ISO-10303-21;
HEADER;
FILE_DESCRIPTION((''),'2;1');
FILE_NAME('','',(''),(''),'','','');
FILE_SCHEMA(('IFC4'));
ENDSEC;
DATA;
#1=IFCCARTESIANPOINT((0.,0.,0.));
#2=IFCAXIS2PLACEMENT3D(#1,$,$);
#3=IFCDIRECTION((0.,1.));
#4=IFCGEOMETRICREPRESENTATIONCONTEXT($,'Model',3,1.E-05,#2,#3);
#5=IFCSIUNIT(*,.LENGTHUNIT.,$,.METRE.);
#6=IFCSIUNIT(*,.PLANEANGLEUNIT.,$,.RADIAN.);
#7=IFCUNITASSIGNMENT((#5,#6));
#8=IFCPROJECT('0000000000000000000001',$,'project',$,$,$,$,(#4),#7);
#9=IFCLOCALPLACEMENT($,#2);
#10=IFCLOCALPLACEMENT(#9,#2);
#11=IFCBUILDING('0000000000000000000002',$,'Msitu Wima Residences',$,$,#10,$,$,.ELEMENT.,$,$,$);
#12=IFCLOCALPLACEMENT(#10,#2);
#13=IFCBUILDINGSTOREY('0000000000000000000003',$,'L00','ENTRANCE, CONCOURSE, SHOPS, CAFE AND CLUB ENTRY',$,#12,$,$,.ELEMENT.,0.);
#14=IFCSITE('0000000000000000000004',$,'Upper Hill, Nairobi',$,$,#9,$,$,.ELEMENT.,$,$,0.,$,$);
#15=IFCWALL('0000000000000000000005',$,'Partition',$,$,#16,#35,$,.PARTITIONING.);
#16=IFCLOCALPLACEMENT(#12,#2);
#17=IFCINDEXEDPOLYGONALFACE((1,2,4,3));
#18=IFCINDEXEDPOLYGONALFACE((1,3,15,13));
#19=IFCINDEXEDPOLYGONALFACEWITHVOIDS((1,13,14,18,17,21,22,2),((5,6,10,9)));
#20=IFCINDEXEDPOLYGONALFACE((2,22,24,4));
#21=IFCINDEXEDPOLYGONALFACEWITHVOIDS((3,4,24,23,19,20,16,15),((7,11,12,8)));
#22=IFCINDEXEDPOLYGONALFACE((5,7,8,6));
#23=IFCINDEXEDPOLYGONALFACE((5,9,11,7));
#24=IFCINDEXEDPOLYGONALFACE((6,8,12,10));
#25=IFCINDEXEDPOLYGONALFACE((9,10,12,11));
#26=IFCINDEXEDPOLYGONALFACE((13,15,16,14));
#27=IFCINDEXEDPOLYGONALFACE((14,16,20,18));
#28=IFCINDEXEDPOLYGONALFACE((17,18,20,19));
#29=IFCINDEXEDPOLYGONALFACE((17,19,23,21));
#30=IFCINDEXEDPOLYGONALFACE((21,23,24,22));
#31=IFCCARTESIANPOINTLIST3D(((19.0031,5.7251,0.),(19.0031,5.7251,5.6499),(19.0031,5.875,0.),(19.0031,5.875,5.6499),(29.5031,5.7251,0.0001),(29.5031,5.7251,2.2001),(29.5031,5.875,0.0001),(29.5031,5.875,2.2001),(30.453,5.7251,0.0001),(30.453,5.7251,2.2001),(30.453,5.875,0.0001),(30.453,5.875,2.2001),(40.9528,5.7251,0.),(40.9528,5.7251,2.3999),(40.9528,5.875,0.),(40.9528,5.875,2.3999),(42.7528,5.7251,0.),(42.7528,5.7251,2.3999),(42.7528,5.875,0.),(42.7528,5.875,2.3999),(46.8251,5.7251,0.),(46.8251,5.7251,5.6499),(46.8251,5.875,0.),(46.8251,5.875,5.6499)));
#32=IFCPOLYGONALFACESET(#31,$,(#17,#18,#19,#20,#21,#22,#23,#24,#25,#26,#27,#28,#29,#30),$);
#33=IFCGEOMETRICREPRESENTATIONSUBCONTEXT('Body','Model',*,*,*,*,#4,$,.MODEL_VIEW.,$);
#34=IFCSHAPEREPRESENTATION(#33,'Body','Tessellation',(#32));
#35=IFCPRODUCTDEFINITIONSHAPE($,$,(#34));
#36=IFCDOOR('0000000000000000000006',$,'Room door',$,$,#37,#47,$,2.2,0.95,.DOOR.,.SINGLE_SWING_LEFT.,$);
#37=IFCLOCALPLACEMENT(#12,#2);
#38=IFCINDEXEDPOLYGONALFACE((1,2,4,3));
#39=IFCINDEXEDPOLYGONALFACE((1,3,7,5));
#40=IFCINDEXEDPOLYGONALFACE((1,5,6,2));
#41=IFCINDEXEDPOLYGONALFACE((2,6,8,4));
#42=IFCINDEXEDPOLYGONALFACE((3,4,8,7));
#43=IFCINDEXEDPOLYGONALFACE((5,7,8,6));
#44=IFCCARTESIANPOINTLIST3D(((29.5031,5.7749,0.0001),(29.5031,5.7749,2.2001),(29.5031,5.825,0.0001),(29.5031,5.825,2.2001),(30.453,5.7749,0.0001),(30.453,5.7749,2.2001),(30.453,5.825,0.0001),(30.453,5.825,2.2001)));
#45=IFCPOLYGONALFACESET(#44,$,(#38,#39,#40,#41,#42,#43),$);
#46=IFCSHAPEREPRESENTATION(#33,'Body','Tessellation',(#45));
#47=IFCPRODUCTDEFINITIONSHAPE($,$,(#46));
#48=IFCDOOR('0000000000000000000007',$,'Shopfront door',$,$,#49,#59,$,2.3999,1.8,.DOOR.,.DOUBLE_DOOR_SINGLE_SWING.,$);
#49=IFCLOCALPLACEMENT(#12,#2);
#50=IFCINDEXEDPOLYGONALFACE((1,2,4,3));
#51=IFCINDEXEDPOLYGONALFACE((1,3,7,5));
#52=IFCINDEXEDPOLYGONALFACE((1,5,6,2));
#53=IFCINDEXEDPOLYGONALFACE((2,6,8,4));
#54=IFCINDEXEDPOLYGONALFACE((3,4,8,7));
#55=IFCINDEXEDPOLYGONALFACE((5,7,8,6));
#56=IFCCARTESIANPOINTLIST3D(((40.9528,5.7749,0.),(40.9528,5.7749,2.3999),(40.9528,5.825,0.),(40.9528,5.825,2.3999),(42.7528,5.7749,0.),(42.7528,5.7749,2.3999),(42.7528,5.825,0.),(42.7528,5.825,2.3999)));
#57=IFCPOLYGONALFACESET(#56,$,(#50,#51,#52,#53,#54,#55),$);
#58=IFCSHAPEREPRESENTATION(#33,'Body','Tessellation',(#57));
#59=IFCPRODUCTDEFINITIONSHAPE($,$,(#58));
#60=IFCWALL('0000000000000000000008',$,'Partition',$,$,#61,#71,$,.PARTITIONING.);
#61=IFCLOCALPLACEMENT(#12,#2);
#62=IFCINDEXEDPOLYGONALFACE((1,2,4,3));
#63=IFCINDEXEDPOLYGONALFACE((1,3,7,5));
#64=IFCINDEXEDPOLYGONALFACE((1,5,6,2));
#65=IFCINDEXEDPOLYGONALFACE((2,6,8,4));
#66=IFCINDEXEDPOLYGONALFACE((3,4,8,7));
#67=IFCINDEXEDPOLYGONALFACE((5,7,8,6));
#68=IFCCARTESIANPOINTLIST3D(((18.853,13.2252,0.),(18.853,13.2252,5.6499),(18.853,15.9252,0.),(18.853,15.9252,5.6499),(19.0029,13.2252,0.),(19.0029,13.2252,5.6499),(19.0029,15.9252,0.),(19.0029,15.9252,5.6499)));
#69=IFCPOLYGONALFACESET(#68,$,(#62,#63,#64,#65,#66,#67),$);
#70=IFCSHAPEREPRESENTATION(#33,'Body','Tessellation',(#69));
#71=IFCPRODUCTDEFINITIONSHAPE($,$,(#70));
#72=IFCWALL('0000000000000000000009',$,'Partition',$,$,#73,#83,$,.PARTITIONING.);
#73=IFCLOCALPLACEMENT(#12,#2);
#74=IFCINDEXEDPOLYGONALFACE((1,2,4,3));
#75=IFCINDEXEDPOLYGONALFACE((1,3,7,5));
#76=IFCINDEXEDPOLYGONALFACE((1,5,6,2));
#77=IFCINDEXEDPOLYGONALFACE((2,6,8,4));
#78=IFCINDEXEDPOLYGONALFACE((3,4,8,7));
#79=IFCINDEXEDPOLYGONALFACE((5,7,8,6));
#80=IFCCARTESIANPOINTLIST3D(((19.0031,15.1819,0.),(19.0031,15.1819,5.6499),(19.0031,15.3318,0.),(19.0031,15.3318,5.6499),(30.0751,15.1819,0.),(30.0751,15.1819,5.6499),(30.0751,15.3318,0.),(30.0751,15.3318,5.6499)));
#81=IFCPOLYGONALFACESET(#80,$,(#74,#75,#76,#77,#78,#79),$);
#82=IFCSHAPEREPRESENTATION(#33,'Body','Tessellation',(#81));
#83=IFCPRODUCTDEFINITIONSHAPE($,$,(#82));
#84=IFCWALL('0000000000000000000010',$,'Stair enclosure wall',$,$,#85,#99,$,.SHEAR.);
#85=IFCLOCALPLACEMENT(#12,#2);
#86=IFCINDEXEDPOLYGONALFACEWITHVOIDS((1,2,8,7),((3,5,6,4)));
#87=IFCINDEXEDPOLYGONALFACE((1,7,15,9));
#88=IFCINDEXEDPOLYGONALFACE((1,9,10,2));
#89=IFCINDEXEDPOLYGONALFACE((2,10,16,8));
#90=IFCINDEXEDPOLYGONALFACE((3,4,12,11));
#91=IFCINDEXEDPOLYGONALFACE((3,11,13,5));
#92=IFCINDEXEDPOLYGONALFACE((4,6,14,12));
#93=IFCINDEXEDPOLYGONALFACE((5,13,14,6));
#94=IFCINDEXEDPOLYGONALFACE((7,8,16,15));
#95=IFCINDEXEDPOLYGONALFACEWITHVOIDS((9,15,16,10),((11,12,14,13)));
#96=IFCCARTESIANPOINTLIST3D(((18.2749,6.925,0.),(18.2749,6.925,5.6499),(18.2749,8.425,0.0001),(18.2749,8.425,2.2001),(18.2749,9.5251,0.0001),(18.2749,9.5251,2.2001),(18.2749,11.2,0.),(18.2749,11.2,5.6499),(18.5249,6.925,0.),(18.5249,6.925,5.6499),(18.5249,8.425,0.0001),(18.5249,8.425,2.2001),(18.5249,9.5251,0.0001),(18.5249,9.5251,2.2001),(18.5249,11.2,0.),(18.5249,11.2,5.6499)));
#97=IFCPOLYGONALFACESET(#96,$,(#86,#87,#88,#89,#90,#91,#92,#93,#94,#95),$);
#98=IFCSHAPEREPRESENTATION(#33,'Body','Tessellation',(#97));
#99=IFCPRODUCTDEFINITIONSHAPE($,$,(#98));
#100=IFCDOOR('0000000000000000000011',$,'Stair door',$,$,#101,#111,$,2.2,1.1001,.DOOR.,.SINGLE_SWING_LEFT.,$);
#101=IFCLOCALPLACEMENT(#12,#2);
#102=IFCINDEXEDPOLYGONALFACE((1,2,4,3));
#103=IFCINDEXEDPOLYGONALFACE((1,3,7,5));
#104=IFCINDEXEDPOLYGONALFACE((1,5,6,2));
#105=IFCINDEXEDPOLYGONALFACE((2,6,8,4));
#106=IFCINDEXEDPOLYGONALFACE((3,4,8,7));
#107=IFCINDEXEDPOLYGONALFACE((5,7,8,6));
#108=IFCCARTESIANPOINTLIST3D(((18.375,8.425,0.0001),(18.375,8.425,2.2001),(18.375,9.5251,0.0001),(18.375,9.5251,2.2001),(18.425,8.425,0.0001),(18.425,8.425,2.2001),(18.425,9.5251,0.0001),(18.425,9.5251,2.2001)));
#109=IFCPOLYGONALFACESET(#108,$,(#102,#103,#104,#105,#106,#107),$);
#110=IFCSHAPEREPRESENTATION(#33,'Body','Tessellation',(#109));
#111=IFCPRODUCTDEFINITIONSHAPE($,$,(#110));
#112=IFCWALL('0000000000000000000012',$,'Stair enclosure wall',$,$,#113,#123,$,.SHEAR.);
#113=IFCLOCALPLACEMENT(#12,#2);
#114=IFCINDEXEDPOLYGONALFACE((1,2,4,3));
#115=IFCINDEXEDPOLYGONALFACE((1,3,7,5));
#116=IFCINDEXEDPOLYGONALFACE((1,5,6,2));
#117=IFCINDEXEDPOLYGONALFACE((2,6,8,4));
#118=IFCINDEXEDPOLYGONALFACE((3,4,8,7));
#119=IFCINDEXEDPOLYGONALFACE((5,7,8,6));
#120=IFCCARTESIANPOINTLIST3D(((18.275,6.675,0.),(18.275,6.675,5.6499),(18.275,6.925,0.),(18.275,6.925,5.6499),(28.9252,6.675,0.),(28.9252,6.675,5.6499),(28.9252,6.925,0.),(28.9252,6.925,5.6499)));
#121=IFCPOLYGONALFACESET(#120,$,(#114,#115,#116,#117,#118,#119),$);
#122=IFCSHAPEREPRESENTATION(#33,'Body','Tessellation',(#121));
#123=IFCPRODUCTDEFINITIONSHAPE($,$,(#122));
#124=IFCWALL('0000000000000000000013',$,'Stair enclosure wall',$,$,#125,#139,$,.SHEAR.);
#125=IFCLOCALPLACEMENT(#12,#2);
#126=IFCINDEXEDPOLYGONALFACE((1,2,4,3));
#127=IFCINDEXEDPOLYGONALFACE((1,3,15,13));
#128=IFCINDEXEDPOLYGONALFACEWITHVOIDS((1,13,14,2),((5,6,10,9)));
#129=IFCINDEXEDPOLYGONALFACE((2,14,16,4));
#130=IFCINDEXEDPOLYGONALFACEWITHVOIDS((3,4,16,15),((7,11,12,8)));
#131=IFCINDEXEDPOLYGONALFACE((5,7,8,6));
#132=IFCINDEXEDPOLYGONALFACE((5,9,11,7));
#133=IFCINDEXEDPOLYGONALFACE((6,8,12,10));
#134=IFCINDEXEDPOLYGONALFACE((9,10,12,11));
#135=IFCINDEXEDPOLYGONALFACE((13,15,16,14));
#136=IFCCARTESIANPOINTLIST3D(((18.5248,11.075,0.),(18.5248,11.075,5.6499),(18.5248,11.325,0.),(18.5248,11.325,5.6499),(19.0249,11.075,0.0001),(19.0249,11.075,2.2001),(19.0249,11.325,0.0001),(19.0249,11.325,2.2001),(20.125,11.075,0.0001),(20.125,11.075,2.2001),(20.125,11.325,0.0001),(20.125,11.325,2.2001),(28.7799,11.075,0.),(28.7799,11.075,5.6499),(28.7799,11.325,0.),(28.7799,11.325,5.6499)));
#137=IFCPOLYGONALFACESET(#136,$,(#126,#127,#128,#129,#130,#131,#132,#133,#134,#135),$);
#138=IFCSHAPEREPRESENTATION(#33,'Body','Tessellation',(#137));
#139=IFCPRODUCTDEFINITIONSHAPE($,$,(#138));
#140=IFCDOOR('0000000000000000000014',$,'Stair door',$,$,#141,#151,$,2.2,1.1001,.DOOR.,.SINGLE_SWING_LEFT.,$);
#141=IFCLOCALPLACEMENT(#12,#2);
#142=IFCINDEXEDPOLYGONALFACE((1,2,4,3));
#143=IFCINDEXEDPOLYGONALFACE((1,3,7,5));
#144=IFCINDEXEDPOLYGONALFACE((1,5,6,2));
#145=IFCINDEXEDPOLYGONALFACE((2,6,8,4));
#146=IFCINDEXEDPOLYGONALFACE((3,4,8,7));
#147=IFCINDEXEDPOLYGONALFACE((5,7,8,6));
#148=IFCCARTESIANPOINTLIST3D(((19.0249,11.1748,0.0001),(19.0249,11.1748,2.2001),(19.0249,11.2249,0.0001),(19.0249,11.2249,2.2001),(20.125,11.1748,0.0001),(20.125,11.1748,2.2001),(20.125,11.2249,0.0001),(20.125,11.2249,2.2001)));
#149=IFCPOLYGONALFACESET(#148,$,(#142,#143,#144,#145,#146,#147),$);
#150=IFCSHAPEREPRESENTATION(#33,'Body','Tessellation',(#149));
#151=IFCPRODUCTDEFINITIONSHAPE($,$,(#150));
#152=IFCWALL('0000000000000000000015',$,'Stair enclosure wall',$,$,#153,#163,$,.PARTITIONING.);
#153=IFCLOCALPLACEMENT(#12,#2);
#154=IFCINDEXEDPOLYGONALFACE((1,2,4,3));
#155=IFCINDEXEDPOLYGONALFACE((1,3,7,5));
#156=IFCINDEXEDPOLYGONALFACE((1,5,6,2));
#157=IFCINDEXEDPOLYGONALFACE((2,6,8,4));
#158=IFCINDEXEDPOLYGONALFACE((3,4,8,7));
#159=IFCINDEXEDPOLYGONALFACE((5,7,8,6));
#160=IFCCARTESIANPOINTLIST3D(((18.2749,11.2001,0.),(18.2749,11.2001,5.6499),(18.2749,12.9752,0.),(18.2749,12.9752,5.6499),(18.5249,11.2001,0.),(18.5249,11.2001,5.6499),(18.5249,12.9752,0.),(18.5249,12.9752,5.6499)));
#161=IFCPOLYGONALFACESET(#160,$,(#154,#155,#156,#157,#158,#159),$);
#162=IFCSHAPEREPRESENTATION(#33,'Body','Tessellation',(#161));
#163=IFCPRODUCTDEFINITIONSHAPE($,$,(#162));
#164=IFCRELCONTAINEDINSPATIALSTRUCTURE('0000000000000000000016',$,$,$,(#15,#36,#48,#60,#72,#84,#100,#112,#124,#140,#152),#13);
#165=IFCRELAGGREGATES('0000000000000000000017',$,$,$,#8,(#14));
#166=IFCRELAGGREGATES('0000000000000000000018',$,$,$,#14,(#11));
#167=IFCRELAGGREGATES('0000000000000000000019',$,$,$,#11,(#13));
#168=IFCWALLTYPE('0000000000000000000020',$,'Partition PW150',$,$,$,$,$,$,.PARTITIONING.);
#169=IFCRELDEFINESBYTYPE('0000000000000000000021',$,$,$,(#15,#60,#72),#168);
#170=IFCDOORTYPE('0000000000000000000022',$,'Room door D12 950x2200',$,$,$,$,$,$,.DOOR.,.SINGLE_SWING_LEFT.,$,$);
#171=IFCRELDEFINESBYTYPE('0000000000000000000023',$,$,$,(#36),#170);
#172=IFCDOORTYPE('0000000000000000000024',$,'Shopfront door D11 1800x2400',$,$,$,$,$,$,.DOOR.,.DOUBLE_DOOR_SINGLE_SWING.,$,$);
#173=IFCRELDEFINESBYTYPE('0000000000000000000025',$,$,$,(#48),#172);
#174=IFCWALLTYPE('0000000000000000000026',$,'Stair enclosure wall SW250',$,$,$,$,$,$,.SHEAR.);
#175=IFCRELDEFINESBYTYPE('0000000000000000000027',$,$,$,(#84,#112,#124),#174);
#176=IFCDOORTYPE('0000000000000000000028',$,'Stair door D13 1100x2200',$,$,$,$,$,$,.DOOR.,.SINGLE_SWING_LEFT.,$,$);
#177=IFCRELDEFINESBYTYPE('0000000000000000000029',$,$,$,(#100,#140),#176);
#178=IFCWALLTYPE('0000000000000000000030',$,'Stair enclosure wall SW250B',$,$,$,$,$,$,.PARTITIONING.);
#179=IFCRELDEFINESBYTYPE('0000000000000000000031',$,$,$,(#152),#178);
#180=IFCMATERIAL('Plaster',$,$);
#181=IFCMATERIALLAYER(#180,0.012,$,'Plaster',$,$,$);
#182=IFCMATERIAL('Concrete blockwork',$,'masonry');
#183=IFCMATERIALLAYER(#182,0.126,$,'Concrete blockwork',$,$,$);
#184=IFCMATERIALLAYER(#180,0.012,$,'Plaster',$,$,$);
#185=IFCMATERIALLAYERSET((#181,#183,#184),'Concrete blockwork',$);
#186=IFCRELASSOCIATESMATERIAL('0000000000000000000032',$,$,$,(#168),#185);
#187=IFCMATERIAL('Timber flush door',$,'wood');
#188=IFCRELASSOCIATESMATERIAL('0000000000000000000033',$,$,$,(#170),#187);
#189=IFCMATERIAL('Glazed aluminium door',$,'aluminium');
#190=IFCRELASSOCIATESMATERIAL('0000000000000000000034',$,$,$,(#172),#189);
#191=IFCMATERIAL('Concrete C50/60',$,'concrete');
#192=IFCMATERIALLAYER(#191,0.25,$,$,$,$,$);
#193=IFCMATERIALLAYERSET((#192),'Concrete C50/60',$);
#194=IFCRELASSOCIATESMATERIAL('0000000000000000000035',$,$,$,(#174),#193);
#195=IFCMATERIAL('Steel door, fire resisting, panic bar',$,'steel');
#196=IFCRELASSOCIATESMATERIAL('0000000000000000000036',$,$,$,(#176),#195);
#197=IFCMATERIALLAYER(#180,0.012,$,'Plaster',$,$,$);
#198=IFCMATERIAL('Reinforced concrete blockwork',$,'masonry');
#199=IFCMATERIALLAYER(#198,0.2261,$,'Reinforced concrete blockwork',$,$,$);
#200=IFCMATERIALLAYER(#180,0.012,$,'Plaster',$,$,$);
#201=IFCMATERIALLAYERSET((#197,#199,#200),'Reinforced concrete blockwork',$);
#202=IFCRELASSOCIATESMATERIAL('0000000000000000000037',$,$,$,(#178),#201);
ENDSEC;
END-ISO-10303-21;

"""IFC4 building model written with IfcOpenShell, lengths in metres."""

from ifc_helpers import new_model, si_unit, direction, frame, frame_2d, origin, place, context, subcontext, project, spatial, rectangle, extrude, material, layer, layer_set, type_object, element, fill, save


model = new_model("IFC4")

# Units and contexts
model_context = context("Model", 3, precision=1e-05, world=origin(), true_north=direction((0.0, 1.0)))
body_context = subcontext(model_context, "Body", "Model", "MODEL_VIEW")
ifc_project = project(units=[si_unit("LENGTHUNIT", "METRE"), si_unit("PLANEANGLEUNIT", "RADIAN")], contexts=[model_context])

# Site, building, storey
site_placement = place(None, origin())
site = spatial("IfcSite", under=ifc_project, at=site_placement, Name="Upper Hill, Nairobi", CompositionType="ELEMENT", RefElevation=0.0)
building_placement = place(site_placement, origin())
building = spatial("IfcBuilding", under=site, at=building_placement, Name="Msitu Wima Residences", CompositionType="ELEMENT")
storey_placement = place(building_placement, origin())
storey = spatial("IfcBuildingStorey", under=building, at=storey_placement, Name="L00", Description="ENTRANCE, CONCOURSE, SHOPS, CAFE AND CLUB ENTRY", CompositionType="ELEMENT", Elevation=0.0)

# Wall, openings, doors
ifc_material_1 = material(Name="Plaster")
ifc_layer_1 = layer(ifc_material_1, 0.012, Name="Plaster")
ifc_material_2 = material(Name="Concrete blockwork", Category="masonry")
ifc_layer_2 = layer(ifc_material_2, 0.126, Name="Concrete blockwork")
ifc_layer_3 = layer(ifc_material_1, 0.012, Name="Plaster")
ifc_layer_set_1 = layer_set([ifc_layer_1, ifc_layer_2, ifc_layer_3], Name="Concrete blockwork")
wall_type_1 = type_object("IfcWallType", Name="Partition PW150", PredefinedType="PARTITIONING", material=ifc_layer_set_1)
wall_1_placement = place(storey_placement, frame((19.0029, 5.8, 0.0), z_axis=(0.0, 0.0, 1.0), x_axis=(1.0, 0.0, 0.0)))
wall_1 = element("IfcWall", 1, at=wall_1_placement, inside=storey, type_object=wall_type_1, Name="Partition", PredefinedType="PARTITIONING", context=body_context, shape_type="SweptSolid", body=[
    extrude(rectangle(XDim=27.822, YDim=0.1499, at=frame_2d((13.9111, 0.0))), origin(), (0.0, 0.0, 1.0), 5.6499),
])
opening_1_placement = place(wall_1_placement, frame((21.95, 0.0, 0.0)))
opening_1 = element("IfcOpeningElement", 2, at=opening_1_placement, cuts=wall_1, PredefinedType="OPENING", context=body_context, shape_type="SweptSolid", body=[
    extrude(rectangle(XDim=1.8, YDim=2.3999, at=frame_2d((0.8999, 1.2))), frame((0.0, 0.085, 0.0), z_axis=(0.0, -1.0, 0.0), x_axis=(1.0, 0.0, 0.0)), (0.0, 0.0, 1.0), 0.1699),
])
opening_2_placement = place(wall_1_placement, frame((10.5, 0.0, 0.0)))
opening_2 = element("IfcOpeningElement", 3, at=opening_2_placement, cuts=wall_1, PredefinedType="OPENING", context=body_context, shape_type="SweptSolid", body=[
    extrude(rectangle(XDim=0.95, YDim=2.2, at=frame_2d((0.4751, 1.1001))), frame((0.0, 0.085, 0.0), z_axis=(0.0, -1.0, 0.0), x_axis=(1.0, 0.0, 0.0)), (0.0, 0.0, 1.0), 0.1699),
])
ifc_material_3 = material(Name="Timber flush door", Category="wood")
door_type_1 = type_object("IfcDoorType", Name="Room door D12 950x2200", OperationType="SINGLE_SWING_LEFT", PredefinedType="DOOR", material=ifc_material_3)
door_1_placement = place(opening_2_placement, origin())
door_1 = element("IfcDoor", 4, at=door_1_placement, inside=storey, type_object=door_type_1, Name="Room door", OperationType="SINGLE_SWING_LEFT", OverallHeight=2.2, OverallWidth=0.95, PredefinedType="DOOR", context=body_context, shape_type="SweptSolid", body=[
    extrude(rectangle(XDim=0.95, YDim=2.2, at=frame_2d((0.4751, 1.1001))), frame((0.0, 0.0249, 0.0), z_axis=(0.0, -1.0, 0.0), x_axis=(1.0, 0.0, 0.0)), (0.0, 0.0, 1.0), 0.05),
])
fill(opening_2, door_1)
ifc_material_4 = material(Name="Glazed aluminium door", Category="aluminium")
door_type_2 = type_object("IfcDoorType", Name="Shopfront door D11 1800x2400", OperationType="DOUBLE_DOOR_SINGLE_SWING", PredefinedType="DOOR", material=ifc_material_4)
door_2_placement = place(opening_1_placement, origin())
door_2 = element("IfcDoor", 5, at=door_2_placement, inside=storey, type_object=door_type_2, Name="Shopfront door", OperationType="DOUBLE_DOOR_SINGLE_SWING", OverallHeight=2.3999, OverallWidth=1.8, PredefinedType="DOOR", context=body_context, shape_type="SweptSolid", body=[
    extrude(rectangle(XDim=1.8, YDim=2.3999, at=frame_2d((0.8999, 1.2))), frame((0.0, 0.0249, 0.0), z_axis=(0.0, -1.0, 0.0), x_axis=(1.0, 0.0, 0.0)), (0.0, 0.0, 1.0), 0.05),
])
fill(opening_1, door_2)

# Walls
wall_2_placement = place(storey_placement, frame((18.928, 13.2251, 0.0), z_axis=(0.0, 0.0, 1.0), x_axis=(0.0, 1.0, 0.0)))
element("IfcWall", 6, at=wall_2_placement, inside=storey, type_object=wall_type_1, Name="Partition", PredefinedType="PARTITIONING", context=body_context, shape_type="SweptSolid", body=[
    extrude(rectangle(XDim=2.7, YDim=0.1499, at=frame_2d((1.3501, 0.0))), origin(), (0.0, 0.0, 1.0), 5.6499),
])
wall_3_placement = place(storey_placement, frame((19.0029, 15.2568, 0.0), z_axis=(0.0, 0.0, 1.0), x_axis=(1.0, 0.0, 0.0)))
element("IfcWall", 7, at=wall_3_placement, inside=storey, type_object=wall_type_1, Name="Partition", PredefinedType="PARTITIONING", context=body_context, shape_type="SweptSolid", body=[
    extrude(rectangle(XDim=11.072, YDim=0.1499, at=frame_2d((5.5361, 0.0))), origin(), (0.0, 0.0, 1.0), 5.6499),
])

# Wall, opening, door
ifc_material_5 = material(Name="Concrete C50/60", Category="concrete")
ifc_layer_4 = layer(ifc_material_5, 0.25)
ifc_layer_set_2 = layer_set([ifc_layer_4], Name="Concrete C50/60")
wall_type_2 = type_object("IfcWallType", Name="Stair enclosure wall SW250", PredefinedType="SHEAR", material=ifc_layer_set_2)
wall_4_placement = place(storey_placement, frame((18.3999, 6.925, 0.0), z_axis=(0.0, 0.0, 1.0), x_axis=(0.0, 1.0, 0.0)))
wall_4 = element("IfcWall", 8, at=wall_4_placement, inside=storey, type_object=wall_type_2, Name="Stair enclosure wall", PredefinedType="SHEAR", context=body_context, shape_type="SweptSolid", body=[
    extrude(rectangle(XDim=4.2749, YDim=0.25, at=frame_2d((2.1375, 0.0))), origin(), (0.0, 0.0, 1.0), 5.6499),
])
opening_3_placement = place(wall_4_placement, frame((1.5, 0.0, 0.0)))
opening_3 = element("IfcOpeningElement", 9, at=opening_3_placement, cuts=wall_4, PredefinedType="OPENING", context=body_context, shape_type="SweptSolid", body=[
    extrude(rectangle(XDim=1.1001, YDim=2.2, at=frame_2d((0.55, 1.1001))), frame((0.0, 0.135, 0.0), z_axis=(0.0, -1.0, 0.0), x_axis=(1.0, 0.0, 0.0)), (0.0, 0.0, 1.0), 0.27),
])
ifc_material_6 = material(Name="Steel door, fire resisting, panic bar", Category="steel")
door_type_3 = type_object("IfcDoorType", Name="Stair door D13 1100x2200", OperationType="SINGLE_SWING_LEFT", PredefinedType="DOOR", material=ifc_material_6)
door_3_placement = place(opening_3_placement, origin())
door_3 = element("IfcDoor", 10, at=door_3_placement, inside=storey, type_object=door_type_3, Name="Stair door", OperationType="SINGLE_SWING_LEFT", OverallHeight=2.2, OverallWidth=1.1001, PredefinedType="DOOR", context=body_context, shape_type="SweptSolid", body=[
    extrude(rectangle(XDim=1.1001, YDim=2.2, at=frame_2d((0.55, 1.1001))), frame((0.0, 0.0249, 0.0), z_axis=(0.0, -1.0, 0.0), x_axis=(1.0, 0.0, 0.0)), (0.0, 0.0, 1.0), 0.05),
])
fill(opening_3, door_3)

# Wall
wall_5_placement = place(storey_placement, frame((18.2749, 6.8, 0.0), z_axis=(0.0, 0.0, 1.0), x_axis=(1.0, 0.0, 0.0)))
element("IfcWall", 11, at=wall_5_placement, inside=storey, type_object=wall_type_2, Name="Stair enclosure wall", PredefinedType="SHEAR", context=body_context, shape_type="SweptSolid", body=[
    extrude(rectangle(XDim=10.6501, YDim=0.25, at=frame_2d((5.3252, 0.0))), origin(), (0.0, 0.0, 1.0), 5.6499),
])

# Wall, opening, door
wall_6_placement = place(storey_placement, frame((18.5249, 11.2, 0.0), z_axis=(0.0, 0.0, 1.0), x_axis=(1.0, 0.0, 0.0)))
wall_6 = element("IfcWall", 12, at=wall_6_placement, inside=storey, type_object=wall_type_2, Name="Stair enclosure wall", PredefinedType="SHEAR", context=body_context, shape_type="SweptSolid", body=[
    extrude(rectangle(XDim=10.2551, YDim=0.25, at=frame_2d((5.1274, 0.0))), origin(), (0.0, 0.0, 1.0), 5.6499),
])
opening_4_placement = place(wall_6_placement, frame((0.5, 0.0, 0.0)))
opening_4 = element("IfcOpeningElement", 13, at=opening_4_placement, cuts=wall_6, PredefinedType="OPENING", context=body_context, shape_type="SweptSolid", body=[
    extrude(rectangle(XDim=1.1001, YDim=2.2, at=frame_2d((0.55, 1.1001))), frame((0.0, 0.135, 0.0), z_axis=(0.0, -1.0, 0.0), x_axis=(1.0, 0.0, 0.0)), (0.0, 0.0, 1.0), 0.27),
])
door_4_placement = place(opening_4_placement, origin())
door_4 = element("IfcDoor", 14, at=door_4_placement, inside=storey, type_object=door_type_3, Name="Stair door", OperationType="SINGLE_SWING_LEFT", OverallHeight=2.2, OverallWidth=1.1001, PredefinedType="DOOR", context=body_context, shape_type="SweptSolid", body=[
    extrude(rectangle(XDim=1.1001, YDim=2.2, at=frame_2d((0.55, 1.1001))), frame((0.0, 0.0249, 0.0), z_axis=(0.0, -1.0, 0.0), x_axis=(1.0, 0.0, 0.0)), (0.0, 0.0, 1.0), 0.05),
])
fill(opening_4, door_4)

# Wall
ifc_layer_5 = layer(ifc_material_1, 0.012, Name="Plaster")
ifc_material_7 = material(Name="Reinforced concrete blockwork", Category="masonry")
ifc_layer_6 = layer(ifc_material_7, 0.2261, Name="Reinforced concrete blockwork")
ifc_layer_7 = layer(ifc_material_1, 0.012, Name="Plaster")
ifc_layer_set_3 = layer_set([ifc_layer_5, ifc_layer_6, ifc_layer_7], Name="Reinforced concrete blockwork")
wall_type_3 = type_object("IfcWallType", Name="Stair enclosure wall SW250B", PredefinedType="PARTITIONING", material=ifc_layer_set_3)
wall_7_placement = place(storey_placement, frame((18.3999, 11.2, 0.0), z_axis=(0.0, 0.0, 1.0), x_axis=(0.0, 1.0, 0.0)))
element("IfcWall", 15, at=wall_7_placement, inside=storey, type_object=wall_type_3, Name="Stair enclosure wall", PredefinedType="PARTITIONING", context=body_context, shape_type="SweptSolid", body=[
    extrude(rectangle(XDim=1.7751, YDim=0.25, at=frame_2d((0.8877, 0.0))), origin(), (0.0, 0.0, 1.0), 5.6499),
])

save(model, "model.ifc")
